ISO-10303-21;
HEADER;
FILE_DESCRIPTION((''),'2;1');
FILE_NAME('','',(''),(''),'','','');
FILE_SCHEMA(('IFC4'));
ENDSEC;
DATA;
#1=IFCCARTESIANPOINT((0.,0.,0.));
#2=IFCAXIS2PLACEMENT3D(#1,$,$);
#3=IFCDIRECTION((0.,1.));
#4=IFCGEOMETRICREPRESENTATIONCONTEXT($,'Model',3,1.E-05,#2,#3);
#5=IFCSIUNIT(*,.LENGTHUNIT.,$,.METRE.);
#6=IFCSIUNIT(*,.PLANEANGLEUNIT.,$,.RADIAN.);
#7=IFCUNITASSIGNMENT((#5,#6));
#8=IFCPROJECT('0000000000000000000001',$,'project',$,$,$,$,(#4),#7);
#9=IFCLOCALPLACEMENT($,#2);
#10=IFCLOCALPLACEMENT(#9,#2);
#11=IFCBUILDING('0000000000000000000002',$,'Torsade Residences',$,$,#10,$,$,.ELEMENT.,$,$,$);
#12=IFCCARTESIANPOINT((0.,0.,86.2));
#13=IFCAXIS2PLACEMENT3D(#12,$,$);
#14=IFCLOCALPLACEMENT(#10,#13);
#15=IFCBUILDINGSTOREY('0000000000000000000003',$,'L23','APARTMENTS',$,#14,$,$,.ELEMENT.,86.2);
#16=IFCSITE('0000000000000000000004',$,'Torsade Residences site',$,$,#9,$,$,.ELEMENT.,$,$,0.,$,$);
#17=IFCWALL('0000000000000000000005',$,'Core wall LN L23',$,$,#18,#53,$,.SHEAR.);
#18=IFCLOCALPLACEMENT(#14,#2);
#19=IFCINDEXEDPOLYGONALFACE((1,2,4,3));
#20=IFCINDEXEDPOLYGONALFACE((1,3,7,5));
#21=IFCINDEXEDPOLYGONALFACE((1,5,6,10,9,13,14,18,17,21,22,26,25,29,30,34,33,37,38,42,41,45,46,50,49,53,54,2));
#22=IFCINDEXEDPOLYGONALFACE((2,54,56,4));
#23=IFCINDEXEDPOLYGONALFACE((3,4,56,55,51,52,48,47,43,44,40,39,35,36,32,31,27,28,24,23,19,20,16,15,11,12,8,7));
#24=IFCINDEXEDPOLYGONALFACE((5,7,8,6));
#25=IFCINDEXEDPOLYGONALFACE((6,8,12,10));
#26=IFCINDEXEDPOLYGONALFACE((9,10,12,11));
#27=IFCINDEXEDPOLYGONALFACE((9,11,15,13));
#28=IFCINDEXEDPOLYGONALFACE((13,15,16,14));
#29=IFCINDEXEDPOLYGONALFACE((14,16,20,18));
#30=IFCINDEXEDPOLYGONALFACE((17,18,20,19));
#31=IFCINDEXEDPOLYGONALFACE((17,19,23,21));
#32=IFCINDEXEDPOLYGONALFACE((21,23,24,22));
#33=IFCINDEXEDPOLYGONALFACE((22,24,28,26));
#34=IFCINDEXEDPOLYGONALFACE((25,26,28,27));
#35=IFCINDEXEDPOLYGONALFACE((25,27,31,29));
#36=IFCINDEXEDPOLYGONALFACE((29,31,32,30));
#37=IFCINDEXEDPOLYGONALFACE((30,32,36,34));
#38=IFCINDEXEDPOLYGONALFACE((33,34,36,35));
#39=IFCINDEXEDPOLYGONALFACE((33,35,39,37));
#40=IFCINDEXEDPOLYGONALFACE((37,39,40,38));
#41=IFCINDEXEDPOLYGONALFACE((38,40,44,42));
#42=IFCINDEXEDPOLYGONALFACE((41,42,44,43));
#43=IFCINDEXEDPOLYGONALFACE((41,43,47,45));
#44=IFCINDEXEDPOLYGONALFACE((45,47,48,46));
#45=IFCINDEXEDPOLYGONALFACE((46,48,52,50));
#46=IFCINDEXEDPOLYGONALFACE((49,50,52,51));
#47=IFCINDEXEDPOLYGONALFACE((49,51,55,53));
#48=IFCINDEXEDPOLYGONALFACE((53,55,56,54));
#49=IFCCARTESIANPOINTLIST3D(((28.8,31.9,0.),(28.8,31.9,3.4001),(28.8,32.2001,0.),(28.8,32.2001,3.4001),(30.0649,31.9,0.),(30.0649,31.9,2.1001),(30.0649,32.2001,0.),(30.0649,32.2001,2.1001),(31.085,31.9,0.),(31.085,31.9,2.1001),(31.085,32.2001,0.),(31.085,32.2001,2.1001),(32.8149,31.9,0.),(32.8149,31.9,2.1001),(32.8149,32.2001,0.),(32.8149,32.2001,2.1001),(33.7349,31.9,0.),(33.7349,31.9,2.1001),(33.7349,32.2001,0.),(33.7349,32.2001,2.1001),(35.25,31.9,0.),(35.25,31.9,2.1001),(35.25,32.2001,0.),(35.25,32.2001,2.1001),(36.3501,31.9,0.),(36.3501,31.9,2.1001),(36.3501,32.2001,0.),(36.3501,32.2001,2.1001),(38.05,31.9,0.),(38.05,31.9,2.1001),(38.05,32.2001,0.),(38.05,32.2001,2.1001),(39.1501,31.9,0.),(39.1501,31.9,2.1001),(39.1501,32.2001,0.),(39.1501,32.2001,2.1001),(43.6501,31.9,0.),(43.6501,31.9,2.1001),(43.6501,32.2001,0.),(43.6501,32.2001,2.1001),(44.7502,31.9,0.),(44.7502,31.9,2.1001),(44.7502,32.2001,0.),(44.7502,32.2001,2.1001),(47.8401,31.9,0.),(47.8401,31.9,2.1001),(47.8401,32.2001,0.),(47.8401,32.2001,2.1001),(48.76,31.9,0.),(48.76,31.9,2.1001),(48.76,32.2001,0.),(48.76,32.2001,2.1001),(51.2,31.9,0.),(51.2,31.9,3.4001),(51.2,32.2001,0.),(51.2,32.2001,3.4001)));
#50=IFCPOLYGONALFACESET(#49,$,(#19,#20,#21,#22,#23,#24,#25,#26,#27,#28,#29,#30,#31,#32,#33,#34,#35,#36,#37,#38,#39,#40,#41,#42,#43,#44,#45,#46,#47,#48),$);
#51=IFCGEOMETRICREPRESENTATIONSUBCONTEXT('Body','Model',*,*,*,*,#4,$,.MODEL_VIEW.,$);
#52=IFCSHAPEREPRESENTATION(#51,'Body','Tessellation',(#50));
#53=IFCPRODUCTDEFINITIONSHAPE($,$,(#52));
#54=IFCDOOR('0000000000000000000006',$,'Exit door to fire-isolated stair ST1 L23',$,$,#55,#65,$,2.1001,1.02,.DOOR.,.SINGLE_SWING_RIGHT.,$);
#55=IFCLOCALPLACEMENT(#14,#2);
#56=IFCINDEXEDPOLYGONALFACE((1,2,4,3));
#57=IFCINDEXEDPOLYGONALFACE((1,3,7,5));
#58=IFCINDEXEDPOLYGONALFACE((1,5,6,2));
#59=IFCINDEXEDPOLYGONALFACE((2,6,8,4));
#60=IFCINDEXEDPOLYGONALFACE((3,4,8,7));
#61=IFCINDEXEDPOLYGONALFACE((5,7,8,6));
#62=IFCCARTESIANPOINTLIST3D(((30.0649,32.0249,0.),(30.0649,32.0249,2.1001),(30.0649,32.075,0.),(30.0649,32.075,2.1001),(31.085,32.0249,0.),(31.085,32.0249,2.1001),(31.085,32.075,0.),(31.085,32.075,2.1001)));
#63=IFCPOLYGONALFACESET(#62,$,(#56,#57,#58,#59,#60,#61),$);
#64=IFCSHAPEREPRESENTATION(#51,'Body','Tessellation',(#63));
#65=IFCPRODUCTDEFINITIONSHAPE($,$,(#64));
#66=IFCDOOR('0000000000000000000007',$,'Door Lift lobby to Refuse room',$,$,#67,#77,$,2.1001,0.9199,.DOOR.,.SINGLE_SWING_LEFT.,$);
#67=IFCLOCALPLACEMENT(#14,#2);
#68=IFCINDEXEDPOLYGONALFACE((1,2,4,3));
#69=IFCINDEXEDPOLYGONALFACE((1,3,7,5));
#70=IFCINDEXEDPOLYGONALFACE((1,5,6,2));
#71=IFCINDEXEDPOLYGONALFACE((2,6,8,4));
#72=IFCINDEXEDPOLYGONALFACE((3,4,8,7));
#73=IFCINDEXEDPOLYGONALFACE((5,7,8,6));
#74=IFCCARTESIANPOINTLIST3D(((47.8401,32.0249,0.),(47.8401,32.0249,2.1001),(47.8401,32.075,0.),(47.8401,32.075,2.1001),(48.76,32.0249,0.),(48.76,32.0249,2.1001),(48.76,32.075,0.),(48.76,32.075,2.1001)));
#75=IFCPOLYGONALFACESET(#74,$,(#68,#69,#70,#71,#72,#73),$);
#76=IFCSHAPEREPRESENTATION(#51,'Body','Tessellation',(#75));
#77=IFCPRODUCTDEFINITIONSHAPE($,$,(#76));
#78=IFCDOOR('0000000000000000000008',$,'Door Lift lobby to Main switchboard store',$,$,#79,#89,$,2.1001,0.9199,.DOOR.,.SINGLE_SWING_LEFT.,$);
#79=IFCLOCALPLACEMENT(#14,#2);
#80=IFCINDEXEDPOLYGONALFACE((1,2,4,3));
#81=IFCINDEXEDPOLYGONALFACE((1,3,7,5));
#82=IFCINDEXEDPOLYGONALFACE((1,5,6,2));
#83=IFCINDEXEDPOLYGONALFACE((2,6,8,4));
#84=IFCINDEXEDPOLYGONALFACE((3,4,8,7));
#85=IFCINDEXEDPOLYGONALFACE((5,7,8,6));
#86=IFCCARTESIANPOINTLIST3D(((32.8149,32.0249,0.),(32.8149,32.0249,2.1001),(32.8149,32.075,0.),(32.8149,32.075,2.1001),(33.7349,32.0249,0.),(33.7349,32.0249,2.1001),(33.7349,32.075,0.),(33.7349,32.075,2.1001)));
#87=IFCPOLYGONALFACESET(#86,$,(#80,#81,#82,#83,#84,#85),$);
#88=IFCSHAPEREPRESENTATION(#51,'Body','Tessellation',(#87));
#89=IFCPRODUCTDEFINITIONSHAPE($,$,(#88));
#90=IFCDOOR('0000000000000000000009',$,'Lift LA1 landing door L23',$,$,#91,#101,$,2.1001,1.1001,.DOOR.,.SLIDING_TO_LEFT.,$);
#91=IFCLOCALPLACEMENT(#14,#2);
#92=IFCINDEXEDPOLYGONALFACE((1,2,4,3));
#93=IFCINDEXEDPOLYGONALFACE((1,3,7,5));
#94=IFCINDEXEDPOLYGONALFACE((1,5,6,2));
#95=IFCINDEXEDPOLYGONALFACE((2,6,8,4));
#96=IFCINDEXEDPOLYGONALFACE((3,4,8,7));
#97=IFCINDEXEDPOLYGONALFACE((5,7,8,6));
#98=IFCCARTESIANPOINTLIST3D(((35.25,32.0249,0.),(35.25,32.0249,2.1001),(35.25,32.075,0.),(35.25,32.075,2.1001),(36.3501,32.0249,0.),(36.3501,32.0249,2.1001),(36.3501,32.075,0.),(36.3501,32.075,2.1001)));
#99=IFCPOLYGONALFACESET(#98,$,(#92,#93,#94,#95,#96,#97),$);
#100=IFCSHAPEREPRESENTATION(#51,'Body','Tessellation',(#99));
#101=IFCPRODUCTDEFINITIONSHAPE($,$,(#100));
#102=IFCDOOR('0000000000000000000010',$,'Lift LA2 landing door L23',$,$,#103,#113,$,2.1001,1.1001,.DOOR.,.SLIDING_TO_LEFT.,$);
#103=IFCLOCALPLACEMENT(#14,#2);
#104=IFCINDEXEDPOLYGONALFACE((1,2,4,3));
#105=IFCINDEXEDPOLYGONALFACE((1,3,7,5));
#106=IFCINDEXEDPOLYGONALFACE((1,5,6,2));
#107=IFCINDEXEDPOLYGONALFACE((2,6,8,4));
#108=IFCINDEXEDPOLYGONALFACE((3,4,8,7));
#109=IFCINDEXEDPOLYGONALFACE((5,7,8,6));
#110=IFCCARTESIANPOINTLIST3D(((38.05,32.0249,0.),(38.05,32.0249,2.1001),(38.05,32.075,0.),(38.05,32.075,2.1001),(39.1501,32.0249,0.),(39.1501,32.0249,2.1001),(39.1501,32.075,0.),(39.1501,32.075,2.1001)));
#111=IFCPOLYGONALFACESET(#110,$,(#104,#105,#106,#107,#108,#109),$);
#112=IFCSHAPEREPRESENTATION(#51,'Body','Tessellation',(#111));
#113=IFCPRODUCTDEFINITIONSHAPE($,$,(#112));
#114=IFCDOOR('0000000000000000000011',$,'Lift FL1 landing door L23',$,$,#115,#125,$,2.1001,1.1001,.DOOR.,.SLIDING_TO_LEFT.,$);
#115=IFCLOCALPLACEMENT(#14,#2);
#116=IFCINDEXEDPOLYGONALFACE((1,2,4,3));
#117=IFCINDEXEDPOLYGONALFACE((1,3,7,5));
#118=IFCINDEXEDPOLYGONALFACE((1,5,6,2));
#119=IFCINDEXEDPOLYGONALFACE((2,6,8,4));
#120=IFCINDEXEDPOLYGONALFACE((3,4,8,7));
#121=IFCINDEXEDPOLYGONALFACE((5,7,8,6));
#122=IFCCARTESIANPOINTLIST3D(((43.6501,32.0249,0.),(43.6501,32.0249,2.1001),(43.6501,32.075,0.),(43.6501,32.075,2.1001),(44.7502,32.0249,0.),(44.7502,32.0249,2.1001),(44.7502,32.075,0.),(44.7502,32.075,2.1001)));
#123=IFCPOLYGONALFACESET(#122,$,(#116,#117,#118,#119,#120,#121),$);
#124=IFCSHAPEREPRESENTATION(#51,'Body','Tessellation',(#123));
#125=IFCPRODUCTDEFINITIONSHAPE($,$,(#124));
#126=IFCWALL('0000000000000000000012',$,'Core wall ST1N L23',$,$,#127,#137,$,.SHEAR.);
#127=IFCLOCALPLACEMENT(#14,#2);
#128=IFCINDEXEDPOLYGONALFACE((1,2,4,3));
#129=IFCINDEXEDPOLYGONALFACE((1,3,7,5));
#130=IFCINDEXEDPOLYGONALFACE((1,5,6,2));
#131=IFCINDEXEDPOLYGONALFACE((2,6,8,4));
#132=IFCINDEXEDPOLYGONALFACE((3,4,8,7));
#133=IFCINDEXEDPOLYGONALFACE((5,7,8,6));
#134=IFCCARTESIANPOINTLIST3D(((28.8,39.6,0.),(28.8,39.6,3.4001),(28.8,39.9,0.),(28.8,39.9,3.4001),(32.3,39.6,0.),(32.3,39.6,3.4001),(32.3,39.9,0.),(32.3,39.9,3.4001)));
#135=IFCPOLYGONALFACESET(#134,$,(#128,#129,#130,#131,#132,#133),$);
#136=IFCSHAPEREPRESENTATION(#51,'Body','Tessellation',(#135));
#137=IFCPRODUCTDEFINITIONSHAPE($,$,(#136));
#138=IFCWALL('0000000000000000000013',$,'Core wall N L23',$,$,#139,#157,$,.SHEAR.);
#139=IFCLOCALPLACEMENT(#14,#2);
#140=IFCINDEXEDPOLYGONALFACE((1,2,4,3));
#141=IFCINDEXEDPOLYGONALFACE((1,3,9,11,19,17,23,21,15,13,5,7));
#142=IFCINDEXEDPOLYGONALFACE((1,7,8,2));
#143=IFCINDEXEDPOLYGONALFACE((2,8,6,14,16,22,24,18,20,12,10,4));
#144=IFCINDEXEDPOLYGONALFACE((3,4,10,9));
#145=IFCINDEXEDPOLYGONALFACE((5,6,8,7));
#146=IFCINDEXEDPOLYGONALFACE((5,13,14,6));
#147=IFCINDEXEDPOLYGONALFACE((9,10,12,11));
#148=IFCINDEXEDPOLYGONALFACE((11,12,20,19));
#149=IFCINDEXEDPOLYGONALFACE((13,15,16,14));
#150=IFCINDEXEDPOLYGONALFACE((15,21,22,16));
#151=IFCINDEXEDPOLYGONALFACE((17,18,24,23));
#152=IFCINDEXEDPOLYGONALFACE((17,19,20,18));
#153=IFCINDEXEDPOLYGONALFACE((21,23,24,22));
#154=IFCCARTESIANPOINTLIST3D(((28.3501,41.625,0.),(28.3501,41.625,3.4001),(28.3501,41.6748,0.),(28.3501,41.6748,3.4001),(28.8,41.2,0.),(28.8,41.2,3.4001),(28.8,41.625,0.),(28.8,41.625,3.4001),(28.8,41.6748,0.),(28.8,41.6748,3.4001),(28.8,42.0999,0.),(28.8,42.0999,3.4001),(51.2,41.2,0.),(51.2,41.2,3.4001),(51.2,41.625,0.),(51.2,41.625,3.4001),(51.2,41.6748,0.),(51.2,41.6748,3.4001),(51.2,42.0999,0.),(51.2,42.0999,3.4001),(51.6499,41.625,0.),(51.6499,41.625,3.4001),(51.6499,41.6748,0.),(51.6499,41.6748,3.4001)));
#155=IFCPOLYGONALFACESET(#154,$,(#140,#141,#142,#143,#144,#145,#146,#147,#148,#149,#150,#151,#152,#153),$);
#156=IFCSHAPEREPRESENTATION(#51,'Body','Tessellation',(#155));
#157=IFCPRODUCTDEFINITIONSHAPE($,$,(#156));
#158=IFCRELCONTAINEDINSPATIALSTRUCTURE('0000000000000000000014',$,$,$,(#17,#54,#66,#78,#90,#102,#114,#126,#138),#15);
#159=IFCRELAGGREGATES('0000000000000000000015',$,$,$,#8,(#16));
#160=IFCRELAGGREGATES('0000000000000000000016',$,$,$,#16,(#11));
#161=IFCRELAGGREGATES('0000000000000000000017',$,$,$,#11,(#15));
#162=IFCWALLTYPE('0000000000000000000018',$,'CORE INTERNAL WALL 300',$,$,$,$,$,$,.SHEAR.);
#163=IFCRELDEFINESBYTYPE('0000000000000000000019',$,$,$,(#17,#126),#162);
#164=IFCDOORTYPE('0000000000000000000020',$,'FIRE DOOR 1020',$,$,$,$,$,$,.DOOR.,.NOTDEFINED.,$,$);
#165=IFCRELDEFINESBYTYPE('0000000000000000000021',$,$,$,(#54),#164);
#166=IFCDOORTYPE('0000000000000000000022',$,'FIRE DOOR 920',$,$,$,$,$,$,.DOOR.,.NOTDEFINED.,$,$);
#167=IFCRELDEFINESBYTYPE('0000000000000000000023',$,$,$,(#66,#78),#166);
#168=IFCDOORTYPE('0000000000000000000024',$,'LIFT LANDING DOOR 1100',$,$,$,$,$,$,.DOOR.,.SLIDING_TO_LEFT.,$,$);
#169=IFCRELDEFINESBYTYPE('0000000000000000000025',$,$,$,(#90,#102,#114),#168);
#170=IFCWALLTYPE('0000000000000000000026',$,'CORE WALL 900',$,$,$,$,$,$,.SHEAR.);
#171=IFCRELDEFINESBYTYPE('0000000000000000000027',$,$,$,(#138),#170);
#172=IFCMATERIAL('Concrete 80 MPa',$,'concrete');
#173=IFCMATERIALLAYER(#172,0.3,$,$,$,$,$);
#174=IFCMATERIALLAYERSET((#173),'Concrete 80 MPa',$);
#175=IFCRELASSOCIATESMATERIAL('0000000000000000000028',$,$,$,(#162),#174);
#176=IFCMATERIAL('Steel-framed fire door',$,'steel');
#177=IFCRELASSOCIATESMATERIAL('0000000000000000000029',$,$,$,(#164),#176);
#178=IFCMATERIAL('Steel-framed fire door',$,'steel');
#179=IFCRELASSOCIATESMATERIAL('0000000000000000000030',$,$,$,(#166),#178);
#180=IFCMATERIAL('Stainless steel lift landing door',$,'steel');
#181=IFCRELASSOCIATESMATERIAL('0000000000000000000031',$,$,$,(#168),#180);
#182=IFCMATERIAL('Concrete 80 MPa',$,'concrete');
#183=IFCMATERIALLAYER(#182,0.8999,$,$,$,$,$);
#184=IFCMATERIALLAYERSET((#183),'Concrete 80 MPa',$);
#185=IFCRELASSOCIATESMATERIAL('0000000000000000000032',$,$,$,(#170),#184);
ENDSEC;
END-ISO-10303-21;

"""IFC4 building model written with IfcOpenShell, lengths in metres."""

from ifc_helpers import new_model, si_unit, direction, frame, frame_2d, origin, place, context, subcontext, project, spatial, polyline, rectangle, outline, extrude, material, layer, layer_set, type_object, element, fill, save


model = new_model("IFC4")

# Units and contexts
model_context = context("Model", 3, precision=1e-05, world=origin(), true_north=direction((0.0, 1.0)))
body_context = subcontext(model_context, "Body", "Model", "MODEL_VIEW")
ifc_project = project(units=[si_unit("LENGTHUNIT", "METRE"), si_unit("PLANEANGLEUNIT", "RADIAN")], contexts=[model_context])

# Site, building, storey
site_placement = place(None, origin())
site = spatial("IfcSite", under=ifc_project, at=site_placement, Name="Torsade Residences site", CompositionType="ELEMENT", RefElevation=0.0)
building_placement = place(site_placement, origin())
building = spatial("IfcBuilding", under=site, at=building_placement, Name="Torsade Residences", CompositionType="ELEMENT")
storey_placement = place(building_placement, frame((0.0, 0.0, 86.2)))
storey = spatial("IfcBuildingStorey", under=building, at=storey_placement, Name="L23", Description="APARTMENTS", CompositionType="ELEMENT", Elevation=86.2)

# Wall, openings, doors
ifc_material_1 = material(Name="Concrete 80 MPa", Category="concrete")
ifc_layer_1 = layer(ifc_material_1, 0.3)
ifc_layer_set_1 = layer_set([ifc_layer_1], Name="Concrete 80 MPa")
wall_type_1 = type_object("IfcWallType", Name="CORE INTERNAL WALL 300", PredefinedType="SHEAR", material=ifc_layer_set_1)
wall_1_placement = place(storey_placement, frame((28.8, 32.05, 0.0), z_axis=(0.0, 0.0, 1.0), x_axis=(1.0, 0.0, 0.0)))
wall_1 = element("IfcWall", 1, at=wall_1_placement, inside=storey, type_object=wall_type_1, Name="Core wall LN L23", PredefinedType="SHEAR", context=body_context, shape_type="SweptSolid", body=[
    extrude(rectangle(XDim=22.3999, YDim=0.3, at=frame_2d((11.2, 0.0))), origin(), (0.0, 0.0, 1.0), 3.4001),
])
opening_1_placement = place(wall_1_placement, frame((19.04, 0.0, 0.0)))
opening_1 = element("IfcOpeningElement", 2, at=opening_1_placement, cuts=wall_1, PredefinedType="OPENING", context=body_context, shape_type="SweptSolid", body=[
    extrude(rectangle(XDim=0.9199, YDim=2.1001, at=frame_2d((0.46, 1.05))), frame((0.0, 0.1599, 0.0), z_axis=(0.0, -1.0, 0.0), x_axis=(1.0, 0.0, 0.0)), (0.0, 0.0, 1.0), 0.3201),
])
opening_2_placement = place(wall_1_placement, frame((1.2649, 0.0, 0.0)))
opening_2 = element("IfcOpeningElement", 3, at=opening_2_placement, cuts=wall_1, PredefinedType="OPENING", context=body_context, shape_type="SweptSolid", body=[
    extrude(rectangle(XDim=1.02, YDim=2.1001, at=frame_2d((0.51, 1.05))), frame((0.0, 0.1599, 0.0), z_axis=(0.0, -1.0, 0.0), x_axis=(1.0, 0.0, 0.0)), (0.0, 0.0, 1.0), 0.3201),
])
opening_3_placement = place(wall_1_placement, frame((4.0149, 0.0, 0.0)))
opening_3 = element("IfcOpeningElement", 4, at=opening_3_placement, cuts=wall_1, PredefinedType="OPENING", context=body_context, shape_type="SweptSolid", body=[
    extrude(rectangle(XDim=0.9199, YDim=2.1001, at=frame_2d((0.46, 1.05))), frame((0.0, 0.1599, 0.0), z_axis=(0.0, -1.0, 0.0), x_axis=(1.0, 0.0, 0.0)), (0.0, 0.0, 1.0), 0.3201),
])
opening_4_placement = place(wall_1_placement, frame((6.45, 0.0, 0.0)))
opening_4 = element("IfcOpeningElement", 5, at=opening_4_placement, cuts=wall_1, PredefinedType="OPENING", context=body_context, shape_type="SweptSolid", body=[
    extrude(rectangle(XDim=1.1001, YDim=2.1001, at=frame_2d((0.55, 1.05))), frame((0.0, 0.1599, 0.0), z_axis=(0.0, -1.0, 0.0), x_axis=(1.0, 0.0, 0.0)), (0.0, 0.0, 1.0), 0.3201),
])
opening_5_placement = place(wall_1_placement, frame((9.25, 0.0, 0.0)))
opening_5 = element("IfcOpeningElement", 6, at=opening_5_placement, cuts=wall_1, PredefinedType="OPENING", context=body_context, shape_type="SweptSolid", body=[
    extrude(rectangle(XDim=1.1001, YDim=2.1001, at=frame_2d((0.55, 1.05))), frame((0.0, 0.1599, 0.0), z_axis=(0.0, -1.0, 0.0), x_axis=(1.0, 0.0, 0.0)), (0.0, 0.0, 1.0), 0.3201),
])
opening_6_placement = place(wall_1_placement, frame((14.8501, 0.0, 0.0)))
opening_6 = element("IfcOpeningElement", 7, at=opening_6_placement, cuts=wall_1, PredefinedType="OPENING", context=body_context, shape_type="SweptSolid", body=[
    extrude(rectangle(XDim=1.1001, YDim=2.1001, at=frame_2d((0.55, 1.05))), frame((0.0, 0.1599, 0.0), z_axis=(0.0, -1.0, 0.0), x_axis=(1.0, 0.0, 0.0)), (0.0, 0.0, 1.0), 0.3201),
])
ifc_material_2 = material(Name="Steel-framed fire door", Category="steel")
door_type_1 = type_object("IfcDoorType", Name="FIRE DOOR 1020", OperationType="NOTDEFINED", PredefinedType="DOOR", material=ifc_material_2)
door_1_placement = place(opening_2_placement, origin())
door_1 = element("IfcDoor", 8, at=door_1_placement, inside=storey, type_object=door_type_1, Name="Exit door to fire-isolated stair ST1 L23", OperationType="SINGLE_SWING_RIGHT", OverallHeight=2.1001, OverallWidth=1.02, PredefinedType="DOOR", context=body_context, shape_type="SweptSolid", body=[
    extrude(rectangle(XDim=1.02, YDim=2.1001, at=frame_2d((0.51, 1.05))), frame((0.0, 0.0249, 0.0), z_axis=(0.0, -1.0, 0.0), x_axis=(1.0, 0.0, 0.0)), (0.0, 0.0, 1.0), 0.05),
])
fill(opening_2, door_1)
ifc_material_3 = material(Name="Steel-framed fire door", Category="steel")
door_type_2 = type_object("IfcDoorType", Name="FIRE DOOR 920", OperationType="NOTDEFINED", PredefinedType="DOOR", material=ifc_material_3)
door_2_placement = place(opening_1_placement, origin())
door_2 = element("IfcDoor", 9, at=door_2_placement, inside=storey, type_object=door_type_2, Name="Door Lift lobby to Refuse room", OperationType="SINGLE_SWING_LEFT", OverallHeight=2.1001, OverallWidth=0.9199, PredefinedType="DOOR", context=body_context, shape_type="SweptSolid", body=[
    extrude(rectangle(XDim=0.9199, YDim=2.1001, at=frame_2d((0.46, 1.05))), frame((0.0, 0.0249, 0.0), z_axis=(0.0, -1.0, 0.0), x_axis=(1.0, 0.0, 0.0)), (0.0, 0.0, 1.0), 0.05),
])
fill(opening_1, door_2)
door_3_placement = place(opening_3_placement, origin())
door_3 = element("IfcDoor", 10, at=door_3_placement, inside=storey, type_object=door_type_2, Name="Door Lift lobby to Main switchboard store", OperationType="SINGLE_SWING_LEFT", OverallHeight=2.1001, OverallWidth=0.9199, PredefinedType="DOOR", context=body_context, shape_type="SweptSolid", body=[
    extrude(rectangle(XDim=0.9199, YDim=2.1001, at=frame_2d((0.46, 1.05))), frame((0.0, 0.0249, 0.0), z_axis=(0.0, -1.0, 0.0), x_axis=(1.0, 0.0, 0.0)), (0.0, 0.0, 1.0), 0.05),
])
fill(opening_3, door_3)
ifc_material_4 = material(Name="Stainless steel lift landing door", Category="steel")
door_type_3 = type_object("IfcDoorType", Name="LIFT LANDING DOOR 1100", OperationType="SLIDING_TO_LEFT", PredefinedType="DOOR", material=ifc_material_4)
door_4_placement = place(opening_4_placement, origin())
door_4 = element("IfcDoor", 11, at=door_4_placement, inside=storey, type_object=door_type_3, Name="Lift LA1 landing door L23", OperationType="SLIDING_TO_LEFT", OverallHeight=2.1001, OverallWidth=1.1001, PredefinedType="DOOR", context=body_context, shape_type="SweptSolid", body=[
    extrude(rectangle(XDim=1.1001, YDim=2.1001, at=frame_2d((0.55, 1.05))), frame((0.0, 0.0249, 0.0), z_axis=(0.0, -1.0, 0.0), x_axis=(1.0, 0.0, 0.0)), (0.0, 0.0, 1.0), 0.05),
])
fill(opening_4, door_4)
door_5_placement = place(opening_5_placement, origin())
door_5 = element("IfcDoor", 12, at=door_5_placement, inside=storey, type_object=door_type_3, Name="Lift LA2 landing door L23", OperationType="SLIDING_TO_LEFT", OverallHeight=2.1001, OverallWidth=1.1001, PredefinedType="DOOR", context=body_context, shape_type="SweptSolid", body=[
    extrude(rectangle(XDim=1.1001, YDim=2.1001, at=frame_2d((0.55, 1.05))), frame((0.0, 0.0249, 0.0), z_axis=(0.0, -1.0, 0.0), x_axis=(1.0, 0.0, 0.0)), (0.0, 0.0, 1.0), 0.05),
])
fill(opening_5, door_5)
door_6_placement = place(opening_6_placement, origin())
door_6 = element("IfcDoor", 13, at=door_6_placement, inside=storey, type_object=door_type_3, Name="Lift FL1 landing door L23", OperationType="SLIDING_TO_LEFT", OverallHeight=2.1001, OverallWidth=1.1001, PredefinedType="DOOR", context=body_context, shape_type="SweptSolid", body=[
    extrude(rectangle(XDim=1.1001, YDim=2.1001, at=frame_2d((0.55, 1.05))), frame((0.0, 0.0249, 0.0), z_axis=(0.0, -1.0, 0.0), x_axis=(1.0, 0.0, 0.0)), (0.0, 0.0, 1.0), 0.05),
])
fill(opening_6, door_6)

# Walls
wall_2_placement = place(storey_placement, frame((28.8, 39.75, 0.0), z_axis=(0.0, 0.0, 1.0), x_axis=(1.0, 0.0, 0.0)))
element("IfcWall", 14, at=wall_2_placement, inside=storey, type_object=wall_type_1, Name="Core wall ST1N L23", PredefinedType="SHEAR", context=body_context, shape_type="SweptSolid", body=[
    extrude(rectangle(XDim=3.5, YDim=0.3, at=frame_2d((1.75, 0.0))), origin(), (0.0, 0.0, 1.0), 3.4001),
])
ifc_material_5 = material(Name="Concrete 80 MPa", Category="concrete")
ifc_layer_2 = layer(ifc_material_5, 0.8999)
ifc_layer_set_2 = layer_set([ifc_layer_2], Name="Concrete 80 MPa")
wall_type_2 = type_object("IfcWallType", Name="CORE WALL 900", PredefinedType="SHEAR", material=ifc_layer_set_2)
wall_3_placement = place(storey_placement, frame((28.8, 41.6499, 0.0), z_axis=(0.0, 0.0, 1.0), x_axis=(1.0, 0.0, 0.0)))
element("IfcWall", 15, at=wall_3_placement, inside=storey, type_object=wall_type_2, Name="Core wall N L23", PredefinedType="SHEAR", context=body_context, shape_type="SweptSolid", body=[
    extrude(outline(polyline([(0.0, -0.45), (22.3999, -0.45), (22.3999, -0.0249), (22.8499, -0.0249), (22.8499, 0.0249), (22.3999, 0.0249), (22.3999, 0.45), (0.0, 0.45), (0.0, 0.0249), (-0.45, 0.0249), (-0.45, -0.0249), (0.0, -0.0249), (0.0, -0.45)])), origin(), (0.0, 0.0, 1.0), 3.4001),
])

save(model, "model.ifc")
